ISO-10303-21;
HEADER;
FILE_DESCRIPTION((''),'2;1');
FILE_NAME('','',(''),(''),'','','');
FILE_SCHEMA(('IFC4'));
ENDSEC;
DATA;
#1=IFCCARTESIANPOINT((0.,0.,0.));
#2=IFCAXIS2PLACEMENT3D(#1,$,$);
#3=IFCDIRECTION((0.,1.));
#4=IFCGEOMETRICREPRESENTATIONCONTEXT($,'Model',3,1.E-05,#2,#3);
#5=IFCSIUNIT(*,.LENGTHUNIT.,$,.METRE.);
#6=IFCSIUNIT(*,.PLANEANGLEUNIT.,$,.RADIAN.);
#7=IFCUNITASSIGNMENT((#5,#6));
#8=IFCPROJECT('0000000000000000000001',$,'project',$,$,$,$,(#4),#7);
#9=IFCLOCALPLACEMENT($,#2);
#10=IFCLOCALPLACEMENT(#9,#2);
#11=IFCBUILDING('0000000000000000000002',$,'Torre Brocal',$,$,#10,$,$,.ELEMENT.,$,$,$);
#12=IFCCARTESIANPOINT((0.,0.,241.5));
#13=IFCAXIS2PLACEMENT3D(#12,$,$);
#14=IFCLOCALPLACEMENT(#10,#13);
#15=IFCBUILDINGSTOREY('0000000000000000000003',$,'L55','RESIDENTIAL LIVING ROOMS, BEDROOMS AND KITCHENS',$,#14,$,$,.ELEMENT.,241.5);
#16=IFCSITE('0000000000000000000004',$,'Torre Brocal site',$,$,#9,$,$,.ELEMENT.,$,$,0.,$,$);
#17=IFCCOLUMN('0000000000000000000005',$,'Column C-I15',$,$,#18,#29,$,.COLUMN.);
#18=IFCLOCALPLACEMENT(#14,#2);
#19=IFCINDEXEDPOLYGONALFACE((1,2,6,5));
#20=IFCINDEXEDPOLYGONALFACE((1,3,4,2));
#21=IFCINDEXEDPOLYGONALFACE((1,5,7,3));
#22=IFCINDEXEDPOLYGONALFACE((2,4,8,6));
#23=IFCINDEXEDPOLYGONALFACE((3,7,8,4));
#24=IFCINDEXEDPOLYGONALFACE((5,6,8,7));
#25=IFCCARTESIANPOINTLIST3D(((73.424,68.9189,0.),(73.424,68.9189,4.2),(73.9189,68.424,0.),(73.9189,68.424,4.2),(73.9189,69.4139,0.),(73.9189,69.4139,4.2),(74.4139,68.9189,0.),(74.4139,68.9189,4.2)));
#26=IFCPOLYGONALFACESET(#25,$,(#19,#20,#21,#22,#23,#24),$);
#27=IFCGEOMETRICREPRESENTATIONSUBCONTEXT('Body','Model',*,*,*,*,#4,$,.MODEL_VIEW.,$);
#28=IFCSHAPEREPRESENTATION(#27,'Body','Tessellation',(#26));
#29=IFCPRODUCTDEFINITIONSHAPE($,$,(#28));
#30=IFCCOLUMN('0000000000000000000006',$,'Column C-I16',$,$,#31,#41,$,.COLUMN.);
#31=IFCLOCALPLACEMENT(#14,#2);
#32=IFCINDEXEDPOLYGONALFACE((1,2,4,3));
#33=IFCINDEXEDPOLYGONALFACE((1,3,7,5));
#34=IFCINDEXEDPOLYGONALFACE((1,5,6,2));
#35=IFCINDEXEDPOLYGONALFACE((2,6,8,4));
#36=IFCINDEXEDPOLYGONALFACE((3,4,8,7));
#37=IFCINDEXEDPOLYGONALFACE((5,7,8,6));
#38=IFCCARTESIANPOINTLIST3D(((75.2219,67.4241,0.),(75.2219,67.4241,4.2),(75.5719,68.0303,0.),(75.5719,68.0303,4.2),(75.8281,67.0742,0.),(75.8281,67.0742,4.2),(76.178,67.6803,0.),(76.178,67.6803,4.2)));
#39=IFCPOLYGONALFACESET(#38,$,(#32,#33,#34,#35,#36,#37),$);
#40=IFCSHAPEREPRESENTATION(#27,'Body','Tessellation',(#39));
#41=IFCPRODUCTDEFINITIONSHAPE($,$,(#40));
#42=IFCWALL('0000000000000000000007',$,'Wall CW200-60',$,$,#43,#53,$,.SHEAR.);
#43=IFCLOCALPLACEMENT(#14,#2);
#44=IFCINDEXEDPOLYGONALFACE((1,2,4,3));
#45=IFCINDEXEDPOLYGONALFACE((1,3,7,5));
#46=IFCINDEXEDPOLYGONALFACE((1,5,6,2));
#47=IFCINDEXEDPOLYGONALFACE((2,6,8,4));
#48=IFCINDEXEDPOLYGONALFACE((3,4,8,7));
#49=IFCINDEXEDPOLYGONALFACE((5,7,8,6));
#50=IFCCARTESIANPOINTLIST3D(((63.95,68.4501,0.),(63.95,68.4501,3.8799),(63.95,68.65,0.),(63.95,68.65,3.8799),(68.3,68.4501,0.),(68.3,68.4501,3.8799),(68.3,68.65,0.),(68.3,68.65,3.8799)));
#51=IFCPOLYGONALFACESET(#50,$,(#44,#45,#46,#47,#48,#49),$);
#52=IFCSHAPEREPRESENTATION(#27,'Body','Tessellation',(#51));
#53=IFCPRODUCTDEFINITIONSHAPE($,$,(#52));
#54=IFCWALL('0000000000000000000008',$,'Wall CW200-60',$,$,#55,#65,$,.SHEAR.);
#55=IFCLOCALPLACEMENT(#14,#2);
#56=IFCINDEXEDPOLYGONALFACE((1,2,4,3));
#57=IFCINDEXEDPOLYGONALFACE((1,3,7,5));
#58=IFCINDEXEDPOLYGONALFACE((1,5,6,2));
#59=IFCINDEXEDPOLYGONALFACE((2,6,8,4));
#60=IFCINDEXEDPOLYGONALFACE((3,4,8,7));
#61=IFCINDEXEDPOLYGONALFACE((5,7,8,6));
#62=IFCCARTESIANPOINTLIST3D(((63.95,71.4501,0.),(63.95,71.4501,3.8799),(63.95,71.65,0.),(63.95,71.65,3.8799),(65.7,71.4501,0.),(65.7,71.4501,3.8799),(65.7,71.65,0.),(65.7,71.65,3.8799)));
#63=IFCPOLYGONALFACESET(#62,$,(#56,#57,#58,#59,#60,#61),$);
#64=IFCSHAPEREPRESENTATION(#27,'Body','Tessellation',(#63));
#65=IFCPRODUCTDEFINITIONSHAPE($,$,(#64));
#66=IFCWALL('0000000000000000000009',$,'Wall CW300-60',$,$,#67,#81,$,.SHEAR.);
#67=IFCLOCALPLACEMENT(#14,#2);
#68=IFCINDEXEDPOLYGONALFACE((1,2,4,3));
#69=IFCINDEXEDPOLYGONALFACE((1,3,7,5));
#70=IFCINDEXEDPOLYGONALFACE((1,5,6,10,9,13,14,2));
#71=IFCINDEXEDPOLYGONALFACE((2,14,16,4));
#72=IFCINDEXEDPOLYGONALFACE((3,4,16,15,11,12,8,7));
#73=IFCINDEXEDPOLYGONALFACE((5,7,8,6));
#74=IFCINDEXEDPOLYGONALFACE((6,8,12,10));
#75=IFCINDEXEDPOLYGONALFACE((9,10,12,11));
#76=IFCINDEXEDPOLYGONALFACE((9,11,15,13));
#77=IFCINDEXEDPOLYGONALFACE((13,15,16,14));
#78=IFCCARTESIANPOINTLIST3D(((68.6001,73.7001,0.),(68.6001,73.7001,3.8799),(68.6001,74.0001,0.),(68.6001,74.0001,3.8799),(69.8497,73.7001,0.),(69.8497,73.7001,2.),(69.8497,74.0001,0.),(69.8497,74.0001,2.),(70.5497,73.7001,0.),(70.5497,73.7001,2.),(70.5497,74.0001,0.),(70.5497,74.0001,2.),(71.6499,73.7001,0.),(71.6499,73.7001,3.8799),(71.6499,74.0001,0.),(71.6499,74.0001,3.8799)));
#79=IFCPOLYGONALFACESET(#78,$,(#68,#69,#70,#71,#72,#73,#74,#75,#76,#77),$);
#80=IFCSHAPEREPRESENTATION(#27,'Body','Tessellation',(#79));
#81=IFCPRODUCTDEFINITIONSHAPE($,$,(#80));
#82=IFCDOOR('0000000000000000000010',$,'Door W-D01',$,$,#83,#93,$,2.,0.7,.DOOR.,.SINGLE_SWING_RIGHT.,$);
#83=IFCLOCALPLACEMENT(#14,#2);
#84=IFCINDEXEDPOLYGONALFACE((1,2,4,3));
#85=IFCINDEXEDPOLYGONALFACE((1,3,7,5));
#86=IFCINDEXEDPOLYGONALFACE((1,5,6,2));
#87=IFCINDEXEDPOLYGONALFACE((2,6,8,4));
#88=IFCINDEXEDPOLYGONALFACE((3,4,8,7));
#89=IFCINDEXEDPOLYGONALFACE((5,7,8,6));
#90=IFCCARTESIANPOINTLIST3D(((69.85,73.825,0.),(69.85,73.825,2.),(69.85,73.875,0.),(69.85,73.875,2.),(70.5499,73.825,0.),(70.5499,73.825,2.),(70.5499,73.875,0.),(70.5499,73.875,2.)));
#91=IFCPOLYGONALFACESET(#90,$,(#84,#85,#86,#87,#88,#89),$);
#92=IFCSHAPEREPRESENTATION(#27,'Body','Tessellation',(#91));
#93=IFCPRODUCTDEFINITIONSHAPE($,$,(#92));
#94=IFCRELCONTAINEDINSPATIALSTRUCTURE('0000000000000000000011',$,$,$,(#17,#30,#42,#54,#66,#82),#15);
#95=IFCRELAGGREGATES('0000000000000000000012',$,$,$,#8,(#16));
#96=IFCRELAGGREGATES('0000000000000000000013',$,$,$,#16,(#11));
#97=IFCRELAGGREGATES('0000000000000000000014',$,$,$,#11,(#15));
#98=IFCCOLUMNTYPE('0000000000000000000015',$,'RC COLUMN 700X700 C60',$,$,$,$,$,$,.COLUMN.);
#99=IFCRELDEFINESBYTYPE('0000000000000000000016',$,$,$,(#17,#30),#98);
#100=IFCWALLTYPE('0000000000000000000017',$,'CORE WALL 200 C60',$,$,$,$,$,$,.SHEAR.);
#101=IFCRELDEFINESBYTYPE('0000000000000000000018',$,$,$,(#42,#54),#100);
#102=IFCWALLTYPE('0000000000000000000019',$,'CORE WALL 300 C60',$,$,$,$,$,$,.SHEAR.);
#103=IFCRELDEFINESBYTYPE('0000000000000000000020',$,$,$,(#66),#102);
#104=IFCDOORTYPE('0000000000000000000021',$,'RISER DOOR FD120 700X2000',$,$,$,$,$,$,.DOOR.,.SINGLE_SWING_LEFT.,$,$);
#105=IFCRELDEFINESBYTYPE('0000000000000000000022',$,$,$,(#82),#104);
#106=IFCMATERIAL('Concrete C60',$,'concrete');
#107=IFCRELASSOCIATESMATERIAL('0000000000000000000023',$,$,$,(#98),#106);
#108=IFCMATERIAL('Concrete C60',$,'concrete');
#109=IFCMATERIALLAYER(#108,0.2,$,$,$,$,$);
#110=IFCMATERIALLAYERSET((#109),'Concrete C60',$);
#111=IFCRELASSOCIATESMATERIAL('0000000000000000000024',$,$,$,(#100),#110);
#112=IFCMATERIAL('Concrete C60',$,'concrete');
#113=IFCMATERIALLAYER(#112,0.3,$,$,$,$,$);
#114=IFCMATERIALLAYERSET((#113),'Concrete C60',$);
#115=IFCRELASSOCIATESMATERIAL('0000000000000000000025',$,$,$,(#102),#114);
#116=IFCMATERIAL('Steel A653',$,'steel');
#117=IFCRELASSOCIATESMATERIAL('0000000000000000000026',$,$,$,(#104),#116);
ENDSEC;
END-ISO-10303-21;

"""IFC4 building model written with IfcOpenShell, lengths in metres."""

from ifc_helpers import new_model, si_unit, direction, frame, frame_2d, origin, origin_2d, place, context, subcontext, project, spatial, rectangle, extrude, material, layer, layer_set, material_profile, profile_set, type_object, element, fill, save


model = new_model("IFC4")

# Units and contexts
model_context = context("Model", 3, precision=1e-05, world=origin(), true_north=direction((0.0, 1.0)))
body_context = subcontext(model_context, "Body", "Model", "MODEL_VIEW")
ifc_project = project(units=[si_unit("LENGTHUNIT", "METRE"), si_unit("PLANEANGLEUNIT", "RADIAN")], contexts=[model_context])

# Site, building, storey
site_placement = place(None, origin())
site = spatial("IfcSite", under=ifc_project, at=site_placement, Name="Torre Brocal site", CompositionType="ELEMENT", RefElevation=0.0)
building_placement = place(site_placement, origin())
building = spatial("IfcBuilding", under=site, at=building_placement, Name="Torre Brocal", CompositionType="ELEMENT")
storey_placement = place(building_placement, frame((0.0, 0.0, 241.5)))
storey = spatial("IfcBuildingStorey", under=building, at=storey_placement, Name="L55", Description="RESIDENTIAL LIVING ROOMS, BEDROOMS AND KITCHENS", CompositionType="ELEMENT", Elevation=241.5)

# Columns
ifc_material_1 = material(Name="Concrete C60", Category="concrete")
ifc_material_profile = material_profile(ifc_material_1, rectangle(XDim=0.7, YDim=0.7, at=origin_2d()), Name="RC 700X700")
ifc_profile_set = profile_set([ifc_material_profile], Name="Concrete C60")
column_type = type_object("IfcColumnType", Name="RC COLUMN 700X700 C60", PredefinedType="COLUMN", material=ifc_profile_set)
for number, where, z_axis, x_axis, name in (
    (1, (73.9189, 68.9189, 0.0), (0.0, 0.0, 1.0), (-0.707107, -0.707107, 0.0), "Column C-I15"),
    (2, (75.7, 67.5522, 0.0), (0.0, 0.0, 1.0), (-0.5, -0.866025, 0.0), "Column C-I16"),
):
    element("IfcColumn", number, at=place(storey_placement, frame(where, z_axis=z_axis, x_axis=x_axis)), inside=storey, type_object=column_type, Name=name, PredefinedType="COLUMN", context=body_context, shape_type="SweptSolid", body=[
        extrude(rectangle(XDim=0.7, YDim=0.7, at=origin_2d()), origin(), (0.0, 0.0, 1.0), 4.2),
    ])

# Walls
ifc_material_2 = material(Name="Concrete C60", Category="concrete")
ifc_layer_1 = layer(ifc_material_2, 0.2)
ifc_layer_set_1 = layer_set([ifc_layer_1], Name="Concrete C60")
wall_type_1 = type_object("IfcWallType", Name="CORE WALL 200 C60", PredefinedType="SHEAR", material=ifc_layer_set_1)
wall_1_placement = place(storey_placement, frame((68.3, 68.55, 0.0), z_axis=(0.0, 0.0, 1.0), x_axis=(-1.0, 0.0, 0.0)))
element("IfcWall", 3, at=wall_1_placement, inside=storey, type_object=wall_type_1, Name="Wall CW200-60", PredefinedType="SHEAR", context=body_context, shape_type="SweptSolid", body=[
    extrude(rectangle(XDim=4.3501, YDim=0.2, at=frame_2d((2.175, 0.0))), origin(), (0.0, 0.0, 1.0), 3.8799),
])
wall_2_placement = place(storey_placement, frame((65.7, 71.55, 0.0), z_axis=(0.0, 0.0, 1.0), x_axis=(-1.0, 0.0, 0.0)))
element("IfcWall", 4, at=wall_2_placement, inside=storey, type_object=wall_type_1, Name="Wall CW200-60", PredefinedType="SHEAR", context=body_context, shape_type="SweptSolid", body=[
    extrude(rectangle(XDim=1.75, YDim=0.2, at=frame_2d((0.875, 0.0))), origin(), (0.0, 0.0, 1.0), 3.8799),
])

# Wall, opening, door
ifc_material_3 = material(Name="Concrete C60", Category="concrete")
ifc_layer_2 = layer(ifc_material_3, 0.3)
ifc_layer_set_2 = layer_set([ifc_layer_2], Name="Concrete C60")
wall_type_2 = type_object("IfcWallType", Name="CORE WALL 300 C60", PredefinedType="SHEAR", material=ifc_layer_set_2)
wall_3_placement = place(storey_placement, frame((71.6499, 73.8501, 0.0), z_axis=(0.0, 0.0, 1.0), x_axis=(-1.0, 0.0, 0.0)))
wall_3 = element("IfcWall", 5, at=wall_3_placement, inside=storey, type_object=wall_type_2, Name="Wall CW300-60", PredefinedType="SHEAR", context=body_context, shape_type="SweptSolid", body=[
    extrude(rectangle(XDim=3.0498, YDim=0.3, at=frame_2d((1.5249, 0.0))), origin(), (0.0, 0.0, 1.0), 3.8799),
])
opening_1_placement = place(wall_3_placement, frame((1.1001, 0.0, 0.0)))
opening_1 = element("IfcOpeningElement", 6, at=opening_1_placement, cuts=wall_3, PredefinedType="OPENING", context=body_context, shape_type="SweptSolid", body=[
    extrude(rectangle(XDim=0.7, YDim=2.0, at=frame_2d((0.3501, 1.0))), frame((0.0, 0.1599, 0.0), z_axis=(0.0, -1.0, 0.0), x_axis=(1.0, 0.0, 0.0)), (0.0, 0.0, 1.0), 0.3201),
])
ifc_material_4 = material(Name="Steel A653", Category="steel")
door_type_1 = type_object("IfcDoorType", Name="RISER DOOR FD120 700X2000", OperationType="SINGLE_SWING_LEFT", PredefinedType="DOOR", material=ifc_material_4)
door_1_placement = place(opening_1_placement, frame((0.7, 0.0, 0.0), z_axis=(0.0, 0.0, 1.0), x_axis=(-1.0, 0.0, 0.0)))
door_1 = element("IfcDoor", 7, at=door_1_placement, inside=storey, type_object=door_type_1, Name="Door W-D01", OperationType="SINGLE_SWING_RIGHT", OverallHeight=2.0, OverallWidth=0.7, PredefinedType="DOOR", context=body_context, shape_type="SweptSolid", body=[
    extrude(rectangle(XDim=0.7, YDim=2.0, at=frame_2d((0.3501, 1.0))), frame((0.0, 0.0249, 0.0), z_axis=(0.0, -1.0, 0.0), x_axis=(1.0, 0.0, 0.0)), (0.0, 0.0, 1.0), 0.05),
])
fill(opening_1, door_1)

save(model, "model.ifc")
